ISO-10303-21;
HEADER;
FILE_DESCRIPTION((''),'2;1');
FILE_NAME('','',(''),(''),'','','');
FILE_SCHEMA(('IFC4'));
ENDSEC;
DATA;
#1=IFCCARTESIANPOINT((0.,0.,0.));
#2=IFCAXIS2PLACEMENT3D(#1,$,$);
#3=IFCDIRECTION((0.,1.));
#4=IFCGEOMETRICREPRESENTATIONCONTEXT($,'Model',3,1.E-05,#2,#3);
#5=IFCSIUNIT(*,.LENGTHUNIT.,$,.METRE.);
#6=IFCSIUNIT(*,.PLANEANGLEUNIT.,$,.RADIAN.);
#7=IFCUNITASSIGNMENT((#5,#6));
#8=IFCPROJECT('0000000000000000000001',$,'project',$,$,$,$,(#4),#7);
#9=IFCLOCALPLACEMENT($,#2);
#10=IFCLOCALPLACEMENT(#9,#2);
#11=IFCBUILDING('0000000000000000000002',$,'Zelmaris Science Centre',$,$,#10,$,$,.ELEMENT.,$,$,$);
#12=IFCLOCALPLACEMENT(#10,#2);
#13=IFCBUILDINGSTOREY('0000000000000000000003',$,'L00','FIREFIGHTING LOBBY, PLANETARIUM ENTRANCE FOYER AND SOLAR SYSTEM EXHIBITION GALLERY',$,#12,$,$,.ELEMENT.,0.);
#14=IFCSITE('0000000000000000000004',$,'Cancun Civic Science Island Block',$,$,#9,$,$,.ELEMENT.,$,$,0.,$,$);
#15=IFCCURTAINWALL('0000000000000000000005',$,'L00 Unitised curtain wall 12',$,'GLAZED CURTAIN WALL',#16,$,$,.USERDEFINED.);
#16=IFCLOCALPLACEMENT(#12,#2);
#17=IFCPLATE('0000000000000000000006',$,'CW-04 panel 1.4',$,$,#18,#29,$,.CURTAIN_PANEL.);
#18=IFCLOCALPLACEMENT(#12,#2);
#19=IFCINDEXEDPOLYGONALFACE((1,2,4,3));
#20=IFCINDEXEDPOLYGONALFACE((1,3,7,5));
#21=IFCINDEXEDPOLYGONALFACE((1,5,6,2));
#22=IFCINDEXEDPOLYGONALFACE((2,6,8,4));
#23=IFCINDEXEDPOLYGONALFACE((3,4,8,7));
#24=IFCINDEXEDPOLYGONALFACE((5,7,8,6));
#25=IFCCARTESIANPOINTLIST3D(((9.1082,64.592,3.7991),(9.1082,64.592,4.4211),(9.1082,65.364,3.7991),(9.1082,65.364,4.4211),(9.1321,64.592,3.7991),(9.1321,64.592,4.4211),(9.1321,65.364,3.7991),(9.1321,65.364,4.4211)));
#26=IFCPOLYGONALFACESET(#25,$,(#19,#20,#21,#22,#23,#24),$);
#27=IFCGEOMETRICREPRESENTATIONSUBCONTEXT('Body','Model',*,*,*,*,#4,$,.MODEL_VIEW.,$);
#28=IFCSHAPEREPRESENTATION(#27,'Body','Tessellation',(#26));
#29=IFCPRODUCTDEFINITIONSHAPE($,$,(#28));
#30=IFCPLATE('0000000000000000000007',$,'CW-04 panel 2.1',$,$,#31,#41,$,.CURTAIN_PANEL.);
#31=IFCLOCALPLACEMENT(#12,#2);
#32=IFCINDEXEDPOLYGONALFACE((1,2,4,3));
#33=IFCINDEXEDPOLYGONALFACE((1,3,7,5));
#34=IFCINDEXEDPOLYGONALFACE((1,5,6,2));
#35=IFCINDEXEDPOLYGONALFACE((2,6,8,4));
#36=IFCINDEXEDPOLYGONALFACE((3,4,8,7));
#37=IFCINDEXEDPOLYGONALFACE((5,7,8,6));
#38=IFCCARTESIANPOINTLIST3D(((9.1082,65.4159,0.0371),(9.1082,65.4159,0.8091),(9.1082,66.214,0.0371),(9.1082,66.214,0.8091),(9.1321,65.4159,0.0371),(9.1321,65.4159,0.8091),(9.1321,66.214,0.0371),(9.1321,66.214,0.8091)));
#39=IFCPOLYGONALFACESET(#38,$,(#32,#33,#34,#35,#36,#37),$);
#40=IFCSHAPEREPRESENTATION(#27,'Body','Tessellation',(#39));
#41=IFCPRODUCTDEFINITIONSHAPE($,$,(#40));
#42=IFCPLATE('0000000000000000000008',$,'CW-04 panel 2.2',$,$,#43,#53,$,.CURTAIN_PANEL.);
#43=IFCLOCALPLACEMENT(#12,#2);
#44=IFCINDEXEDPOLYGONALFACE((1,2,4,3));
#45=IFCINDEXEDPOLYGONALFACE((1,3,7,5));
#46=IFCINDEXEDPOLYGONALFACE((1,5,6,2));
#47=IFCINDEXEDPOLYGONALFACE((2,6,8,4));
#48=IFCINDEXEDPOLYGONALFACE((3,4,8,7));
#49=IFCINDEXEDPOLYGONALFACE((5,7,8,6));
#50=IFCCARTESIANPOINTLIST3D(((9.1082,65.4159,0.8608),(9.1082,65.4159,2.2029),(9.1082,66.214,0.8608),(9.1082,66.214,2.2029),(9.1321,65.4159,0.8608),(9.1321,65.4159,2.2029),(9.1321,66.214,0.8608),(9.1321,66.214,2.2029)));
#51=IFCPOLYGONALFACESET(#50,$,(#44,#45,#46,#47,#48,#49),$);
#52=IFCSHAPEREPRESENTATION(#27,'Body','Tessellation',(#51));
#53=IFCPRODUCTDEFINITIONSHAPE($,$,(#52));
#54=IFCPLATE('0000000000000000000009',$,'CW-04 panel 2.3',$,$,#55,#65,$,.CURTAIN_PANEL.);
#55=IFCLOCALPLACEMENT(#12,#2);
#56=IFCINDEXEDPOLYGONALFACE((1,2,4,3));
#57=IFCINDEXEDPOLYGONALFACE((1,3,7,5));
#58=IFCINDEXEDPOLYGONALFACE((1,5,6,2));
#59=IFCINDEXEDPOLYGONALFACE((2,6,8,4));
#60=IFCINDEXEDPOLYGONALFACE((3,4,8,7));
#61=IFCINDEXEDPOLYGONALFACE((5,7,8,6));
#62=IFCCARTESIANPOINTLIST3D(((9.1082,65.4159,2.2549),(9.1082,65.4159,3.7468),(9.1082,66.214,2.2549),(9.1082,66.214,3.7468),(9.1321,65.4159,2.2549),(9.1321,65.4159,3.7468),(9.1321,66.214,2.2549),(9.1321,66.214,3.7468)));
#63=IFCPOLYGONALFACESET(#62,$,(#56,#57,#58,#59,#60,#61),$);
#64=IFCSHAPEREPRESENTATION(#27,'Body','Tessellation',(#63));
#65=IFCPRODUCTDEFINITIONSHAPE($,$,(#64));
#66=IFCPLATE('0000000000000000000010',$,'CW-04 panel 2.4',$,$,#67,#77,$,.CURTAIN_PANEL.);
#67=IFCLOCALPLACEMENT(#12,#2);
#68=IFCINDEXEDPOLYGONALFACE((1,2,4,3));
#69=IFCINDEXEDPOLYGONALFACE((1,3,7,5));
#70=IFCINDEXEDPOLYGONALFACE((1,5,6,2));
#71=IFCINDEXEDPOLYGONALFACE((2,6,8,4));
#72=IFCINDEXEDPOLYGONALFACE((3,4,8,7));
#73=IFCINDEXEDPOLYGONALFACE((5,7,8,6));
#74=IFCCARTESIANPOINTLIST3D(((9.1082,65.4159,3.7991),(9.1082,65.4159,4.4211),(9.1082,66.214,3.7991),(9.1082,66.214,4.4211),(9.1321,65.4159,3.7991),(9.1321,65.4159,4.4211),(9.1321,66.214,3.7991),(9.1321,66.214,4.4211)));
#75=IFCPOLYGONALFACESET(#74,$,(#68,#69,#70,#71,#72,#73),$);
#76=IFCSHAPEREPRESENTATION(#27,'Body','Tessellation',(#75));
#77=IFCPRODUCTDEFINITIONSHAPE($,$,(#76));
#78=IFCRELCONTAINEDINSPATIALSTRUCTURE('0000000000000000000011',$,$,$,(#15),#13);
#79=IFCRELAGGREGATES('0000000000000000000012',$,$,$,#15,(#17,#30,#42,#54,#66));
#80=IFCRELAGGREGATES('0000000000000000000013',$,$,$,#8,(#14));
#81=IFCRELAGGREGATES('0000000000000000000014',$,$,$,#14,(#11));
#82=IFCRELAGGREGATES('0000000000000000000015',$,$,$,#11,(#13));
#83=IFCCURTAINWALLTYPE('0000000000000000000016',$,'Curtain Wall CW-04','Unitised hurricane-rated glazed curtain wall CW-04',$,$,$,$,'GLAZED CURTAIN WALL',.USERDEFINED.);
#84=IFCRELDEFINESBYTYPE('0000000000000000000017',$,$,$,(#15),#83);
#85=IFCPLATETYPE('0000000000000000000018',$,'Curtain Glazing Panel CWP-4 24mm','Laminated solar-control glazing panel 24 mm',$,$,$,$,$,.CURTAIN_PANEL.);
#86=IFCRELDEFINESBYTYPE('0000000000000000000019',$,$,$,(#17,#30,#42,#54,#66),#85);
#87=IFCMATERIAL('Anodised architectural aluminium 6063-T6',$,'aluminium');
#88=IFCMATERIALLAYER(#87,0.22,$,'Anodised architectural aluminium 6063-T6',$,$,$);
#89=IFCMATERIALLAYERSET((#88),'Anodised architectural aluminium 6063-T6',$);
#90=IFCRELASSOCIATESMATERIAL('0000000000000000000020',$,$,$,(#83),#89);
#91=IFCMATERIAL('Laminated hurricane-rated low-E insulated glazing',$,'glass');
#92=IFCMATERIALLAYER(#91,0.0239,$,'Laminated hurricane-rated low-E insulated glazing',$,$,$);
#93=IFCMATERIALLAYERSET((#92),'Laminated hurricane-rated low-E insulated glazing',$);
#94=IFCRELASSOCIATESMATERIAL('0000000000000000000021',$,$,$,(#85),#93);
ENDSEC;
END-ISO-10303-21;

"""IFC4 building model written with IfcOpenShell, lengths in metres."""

from ifc_helpers import new_model, si_unit, direction, frame, origin, origin_2d, place, context, subcontext, project, spatial, rectangle, extrude, material, layer, layer_set, type_object, element, aggregate, save


model = new_model("IFC4")

# Units and contexts
model_context = context("Model", 3, precision=1e-05, world=origin(), true_north=direction((0.0, 1.0)))
body_context = subcontext(model_context, "Body", "Model", "MODEL_VIEW")
ifc_project = project(units=[si_unit("LENGTHUNIT", "METRE"), si_unit("PLANEANGLEUNIT", "RADIAN")], contexts=[model_context])

# Site, building, storey
site_placement = place(None, origin())
site = spatial("IfcSite", under=ifc_project, at=site_placement, Name="Cancun Civic Science Island Block", CompositionType="ELEMENT", RefElevation=0.0)
building_placement = place(site_placement, origin())
building = spatial("IfcBuilding", under=site, at=building_placement, Name="Zelmaris Science Centre", CompositionType="ELEMENT")
storey_placement = place(building_placement, origin())
storey = spatial("IfcBuildingStorey", under=building, at=storey_placement, Name="L00", Description="FIREFIGHTING LOBBY, PLANETARIUM ENTRANCE FOYER AND SOLAR SYSTEM EXHIBITION GALLERY", CompositionType="ELEMENT", Elevation=0.0)

# Curtain wall
ifc_material_1 = material(Name="Anodised architectural aluminium 6063-T6", Category="aluminium")
ifc_layer_1 = layer(ifc_material_1, 0.22, Name="Anodised architectural aluminium 6063-T6")
ifc_layer_set_1 = layer_set([ifc_layer_1], Name="Anodised architectural aluminium 6063-T6")
curtain_wall_type_1 = type_object("IfcCurtainWallType", Name="Curtain Wall CW-04", Description="Unitised hurricane-rated glazed curtain wall CW-04", ElementType="GLAZED CURTAIN WALL", PredefinedType="USERDEFINED", material=ifc_layer_set_1)
curtain_wall_1_placement = place(storey_placement, origin())
curtain_wall_1 = element("IfcCurtainWall", 1, at=curtain_wall_1_placement, inside=storey, type_object=curtain_wall_type_1, Name="L00 Unitised curtain wall 12", ObjectType="GLAZED CURTAIN WALL", PredefinedType="USERDEFINED")

# Plates
ifc_material_2 = material(Name="Laminated hurricane-rated low-E insulated glazing", Category="glass")
ifc_layer_2 = layer(ifc_material_2, 0.0239, Name="Laminated hurricane-rated low-E insulated glazing")
ifc_layer_set_2 = layer_set([ifc_layer_2], Name="Laminated hurricane-rated low-E insulated glazing")
plate_type_1 = type_object("IfcPlateType", Name="Curtain Glazing Panel CWP-4 24mm", Description="Laminated solar-control glazing panel 24 mm", PredefinedType="CURTAIN_PANEL", material=ifc_layer_set_2)
plate_1_placement = place(storey_placement, frame((9.1201, 64.978, 3.7991), z_axis=(0.0, 0.0, 1.0), x_axis=(0.0, 1.0, 0.0)))
plate_1 = element("IfcPlate", 2, at=plate_1_placement, type_object=plate_type_1, Name="CW-04 panel 1.4", PredefinedType="CURTAIN_PANEL", context=body_context, shape_type="SweptSolid", body=[
    extrude(rectangle(XDim=0.772, YDim=0.0239, at=origin_2d()), origin(), (0.0, 0.0, 1.0), 0.6221),
])
plate_2_placement = place(storey_placement, frame((9.1201, 65.8149, 0.0371), z_axis=(0.0, 0.0, 1.0), x_axis=(0.0, 1.0, 0.0)))
plate_2 = element("IfcPlate", 3, at=plate_2_placement, type_object=plate_type_1, Name="CW-04 panel 2.1", PredefinedType="CURTAIN_PANEL", context=body_context, shape_type="SweptSolid", body=[
    extrude(rectangle(XDim=0.7981, YDim=0.0239, at=origin_2d()), origin(), (0.0, 0.0, 1.0), 0.772),
])
plate_3_placement = place(storey_placement, frame((9.1201, 65.8149, 0.8608), z_axis=(0.0, 0.0, 1.0), x_axis=(0.0, 1.0, 0.0)))
plate_3 = element("IfcPlate", 4, at=plate_3_placement, type_object=plate_type_1, Name="CW-04 panel 2.2", PredefinedType="CURTAIN_PANEL", context=body_context, shape_type="SweptSolid", body=[
    extrude(rectangle(XDim=0.7981, YDim=0.0239, at=origin_2d()), origin(), (0.0, 0.0, 1.0), 1.342),
])
plate_4_placement = place(storey_placement, frame((9.1201, 65.8149, 2.2549), z_axis=(0.0, 0.0, 1.0), x_axis=(0.0, 1.0, 0.0)))
plate_4 = element("IfcPlate", 5, at=plate_4_placement, type_object=plate_type_1, Name="CW-04 panel 2.3", PredefinedType="CURTAIN_PANEL", context=body_context, shape_type="SweptSolid", body=[
    extrude(rectangle(XDim=0.7981, YDim=0.0239, at=origin_2d()), origin(), (0.0, 0.0, 1.0), 1.4919),
])
plate_5_placement = place(storey_placement, frame((9.1201, 65.8149, 3.7991), z_axis=(0.0, 0.0, 1.0), x_axis=(0.0, 1.0, 0.0)))
plate_5 = element("IfcPlate", 6, at=plate_5_placement, type_object=plate_type_1, Name="CW-04 panel 2.4", PredefinedType="CURTAIN_PANEL", context=body_context, shape_type="SweptSolid", body=[
    extrude(rectangle(XDim=0.7981, YDim=0.0239, at=origin_2d()), origin(), (0.0, 0.0, 1.0), 0.6221),
])
aggregate(curtain_wall_1, [plate_1, plate_2, plate_3, plate_4, plate_5])

save(model, "model.ifc")
